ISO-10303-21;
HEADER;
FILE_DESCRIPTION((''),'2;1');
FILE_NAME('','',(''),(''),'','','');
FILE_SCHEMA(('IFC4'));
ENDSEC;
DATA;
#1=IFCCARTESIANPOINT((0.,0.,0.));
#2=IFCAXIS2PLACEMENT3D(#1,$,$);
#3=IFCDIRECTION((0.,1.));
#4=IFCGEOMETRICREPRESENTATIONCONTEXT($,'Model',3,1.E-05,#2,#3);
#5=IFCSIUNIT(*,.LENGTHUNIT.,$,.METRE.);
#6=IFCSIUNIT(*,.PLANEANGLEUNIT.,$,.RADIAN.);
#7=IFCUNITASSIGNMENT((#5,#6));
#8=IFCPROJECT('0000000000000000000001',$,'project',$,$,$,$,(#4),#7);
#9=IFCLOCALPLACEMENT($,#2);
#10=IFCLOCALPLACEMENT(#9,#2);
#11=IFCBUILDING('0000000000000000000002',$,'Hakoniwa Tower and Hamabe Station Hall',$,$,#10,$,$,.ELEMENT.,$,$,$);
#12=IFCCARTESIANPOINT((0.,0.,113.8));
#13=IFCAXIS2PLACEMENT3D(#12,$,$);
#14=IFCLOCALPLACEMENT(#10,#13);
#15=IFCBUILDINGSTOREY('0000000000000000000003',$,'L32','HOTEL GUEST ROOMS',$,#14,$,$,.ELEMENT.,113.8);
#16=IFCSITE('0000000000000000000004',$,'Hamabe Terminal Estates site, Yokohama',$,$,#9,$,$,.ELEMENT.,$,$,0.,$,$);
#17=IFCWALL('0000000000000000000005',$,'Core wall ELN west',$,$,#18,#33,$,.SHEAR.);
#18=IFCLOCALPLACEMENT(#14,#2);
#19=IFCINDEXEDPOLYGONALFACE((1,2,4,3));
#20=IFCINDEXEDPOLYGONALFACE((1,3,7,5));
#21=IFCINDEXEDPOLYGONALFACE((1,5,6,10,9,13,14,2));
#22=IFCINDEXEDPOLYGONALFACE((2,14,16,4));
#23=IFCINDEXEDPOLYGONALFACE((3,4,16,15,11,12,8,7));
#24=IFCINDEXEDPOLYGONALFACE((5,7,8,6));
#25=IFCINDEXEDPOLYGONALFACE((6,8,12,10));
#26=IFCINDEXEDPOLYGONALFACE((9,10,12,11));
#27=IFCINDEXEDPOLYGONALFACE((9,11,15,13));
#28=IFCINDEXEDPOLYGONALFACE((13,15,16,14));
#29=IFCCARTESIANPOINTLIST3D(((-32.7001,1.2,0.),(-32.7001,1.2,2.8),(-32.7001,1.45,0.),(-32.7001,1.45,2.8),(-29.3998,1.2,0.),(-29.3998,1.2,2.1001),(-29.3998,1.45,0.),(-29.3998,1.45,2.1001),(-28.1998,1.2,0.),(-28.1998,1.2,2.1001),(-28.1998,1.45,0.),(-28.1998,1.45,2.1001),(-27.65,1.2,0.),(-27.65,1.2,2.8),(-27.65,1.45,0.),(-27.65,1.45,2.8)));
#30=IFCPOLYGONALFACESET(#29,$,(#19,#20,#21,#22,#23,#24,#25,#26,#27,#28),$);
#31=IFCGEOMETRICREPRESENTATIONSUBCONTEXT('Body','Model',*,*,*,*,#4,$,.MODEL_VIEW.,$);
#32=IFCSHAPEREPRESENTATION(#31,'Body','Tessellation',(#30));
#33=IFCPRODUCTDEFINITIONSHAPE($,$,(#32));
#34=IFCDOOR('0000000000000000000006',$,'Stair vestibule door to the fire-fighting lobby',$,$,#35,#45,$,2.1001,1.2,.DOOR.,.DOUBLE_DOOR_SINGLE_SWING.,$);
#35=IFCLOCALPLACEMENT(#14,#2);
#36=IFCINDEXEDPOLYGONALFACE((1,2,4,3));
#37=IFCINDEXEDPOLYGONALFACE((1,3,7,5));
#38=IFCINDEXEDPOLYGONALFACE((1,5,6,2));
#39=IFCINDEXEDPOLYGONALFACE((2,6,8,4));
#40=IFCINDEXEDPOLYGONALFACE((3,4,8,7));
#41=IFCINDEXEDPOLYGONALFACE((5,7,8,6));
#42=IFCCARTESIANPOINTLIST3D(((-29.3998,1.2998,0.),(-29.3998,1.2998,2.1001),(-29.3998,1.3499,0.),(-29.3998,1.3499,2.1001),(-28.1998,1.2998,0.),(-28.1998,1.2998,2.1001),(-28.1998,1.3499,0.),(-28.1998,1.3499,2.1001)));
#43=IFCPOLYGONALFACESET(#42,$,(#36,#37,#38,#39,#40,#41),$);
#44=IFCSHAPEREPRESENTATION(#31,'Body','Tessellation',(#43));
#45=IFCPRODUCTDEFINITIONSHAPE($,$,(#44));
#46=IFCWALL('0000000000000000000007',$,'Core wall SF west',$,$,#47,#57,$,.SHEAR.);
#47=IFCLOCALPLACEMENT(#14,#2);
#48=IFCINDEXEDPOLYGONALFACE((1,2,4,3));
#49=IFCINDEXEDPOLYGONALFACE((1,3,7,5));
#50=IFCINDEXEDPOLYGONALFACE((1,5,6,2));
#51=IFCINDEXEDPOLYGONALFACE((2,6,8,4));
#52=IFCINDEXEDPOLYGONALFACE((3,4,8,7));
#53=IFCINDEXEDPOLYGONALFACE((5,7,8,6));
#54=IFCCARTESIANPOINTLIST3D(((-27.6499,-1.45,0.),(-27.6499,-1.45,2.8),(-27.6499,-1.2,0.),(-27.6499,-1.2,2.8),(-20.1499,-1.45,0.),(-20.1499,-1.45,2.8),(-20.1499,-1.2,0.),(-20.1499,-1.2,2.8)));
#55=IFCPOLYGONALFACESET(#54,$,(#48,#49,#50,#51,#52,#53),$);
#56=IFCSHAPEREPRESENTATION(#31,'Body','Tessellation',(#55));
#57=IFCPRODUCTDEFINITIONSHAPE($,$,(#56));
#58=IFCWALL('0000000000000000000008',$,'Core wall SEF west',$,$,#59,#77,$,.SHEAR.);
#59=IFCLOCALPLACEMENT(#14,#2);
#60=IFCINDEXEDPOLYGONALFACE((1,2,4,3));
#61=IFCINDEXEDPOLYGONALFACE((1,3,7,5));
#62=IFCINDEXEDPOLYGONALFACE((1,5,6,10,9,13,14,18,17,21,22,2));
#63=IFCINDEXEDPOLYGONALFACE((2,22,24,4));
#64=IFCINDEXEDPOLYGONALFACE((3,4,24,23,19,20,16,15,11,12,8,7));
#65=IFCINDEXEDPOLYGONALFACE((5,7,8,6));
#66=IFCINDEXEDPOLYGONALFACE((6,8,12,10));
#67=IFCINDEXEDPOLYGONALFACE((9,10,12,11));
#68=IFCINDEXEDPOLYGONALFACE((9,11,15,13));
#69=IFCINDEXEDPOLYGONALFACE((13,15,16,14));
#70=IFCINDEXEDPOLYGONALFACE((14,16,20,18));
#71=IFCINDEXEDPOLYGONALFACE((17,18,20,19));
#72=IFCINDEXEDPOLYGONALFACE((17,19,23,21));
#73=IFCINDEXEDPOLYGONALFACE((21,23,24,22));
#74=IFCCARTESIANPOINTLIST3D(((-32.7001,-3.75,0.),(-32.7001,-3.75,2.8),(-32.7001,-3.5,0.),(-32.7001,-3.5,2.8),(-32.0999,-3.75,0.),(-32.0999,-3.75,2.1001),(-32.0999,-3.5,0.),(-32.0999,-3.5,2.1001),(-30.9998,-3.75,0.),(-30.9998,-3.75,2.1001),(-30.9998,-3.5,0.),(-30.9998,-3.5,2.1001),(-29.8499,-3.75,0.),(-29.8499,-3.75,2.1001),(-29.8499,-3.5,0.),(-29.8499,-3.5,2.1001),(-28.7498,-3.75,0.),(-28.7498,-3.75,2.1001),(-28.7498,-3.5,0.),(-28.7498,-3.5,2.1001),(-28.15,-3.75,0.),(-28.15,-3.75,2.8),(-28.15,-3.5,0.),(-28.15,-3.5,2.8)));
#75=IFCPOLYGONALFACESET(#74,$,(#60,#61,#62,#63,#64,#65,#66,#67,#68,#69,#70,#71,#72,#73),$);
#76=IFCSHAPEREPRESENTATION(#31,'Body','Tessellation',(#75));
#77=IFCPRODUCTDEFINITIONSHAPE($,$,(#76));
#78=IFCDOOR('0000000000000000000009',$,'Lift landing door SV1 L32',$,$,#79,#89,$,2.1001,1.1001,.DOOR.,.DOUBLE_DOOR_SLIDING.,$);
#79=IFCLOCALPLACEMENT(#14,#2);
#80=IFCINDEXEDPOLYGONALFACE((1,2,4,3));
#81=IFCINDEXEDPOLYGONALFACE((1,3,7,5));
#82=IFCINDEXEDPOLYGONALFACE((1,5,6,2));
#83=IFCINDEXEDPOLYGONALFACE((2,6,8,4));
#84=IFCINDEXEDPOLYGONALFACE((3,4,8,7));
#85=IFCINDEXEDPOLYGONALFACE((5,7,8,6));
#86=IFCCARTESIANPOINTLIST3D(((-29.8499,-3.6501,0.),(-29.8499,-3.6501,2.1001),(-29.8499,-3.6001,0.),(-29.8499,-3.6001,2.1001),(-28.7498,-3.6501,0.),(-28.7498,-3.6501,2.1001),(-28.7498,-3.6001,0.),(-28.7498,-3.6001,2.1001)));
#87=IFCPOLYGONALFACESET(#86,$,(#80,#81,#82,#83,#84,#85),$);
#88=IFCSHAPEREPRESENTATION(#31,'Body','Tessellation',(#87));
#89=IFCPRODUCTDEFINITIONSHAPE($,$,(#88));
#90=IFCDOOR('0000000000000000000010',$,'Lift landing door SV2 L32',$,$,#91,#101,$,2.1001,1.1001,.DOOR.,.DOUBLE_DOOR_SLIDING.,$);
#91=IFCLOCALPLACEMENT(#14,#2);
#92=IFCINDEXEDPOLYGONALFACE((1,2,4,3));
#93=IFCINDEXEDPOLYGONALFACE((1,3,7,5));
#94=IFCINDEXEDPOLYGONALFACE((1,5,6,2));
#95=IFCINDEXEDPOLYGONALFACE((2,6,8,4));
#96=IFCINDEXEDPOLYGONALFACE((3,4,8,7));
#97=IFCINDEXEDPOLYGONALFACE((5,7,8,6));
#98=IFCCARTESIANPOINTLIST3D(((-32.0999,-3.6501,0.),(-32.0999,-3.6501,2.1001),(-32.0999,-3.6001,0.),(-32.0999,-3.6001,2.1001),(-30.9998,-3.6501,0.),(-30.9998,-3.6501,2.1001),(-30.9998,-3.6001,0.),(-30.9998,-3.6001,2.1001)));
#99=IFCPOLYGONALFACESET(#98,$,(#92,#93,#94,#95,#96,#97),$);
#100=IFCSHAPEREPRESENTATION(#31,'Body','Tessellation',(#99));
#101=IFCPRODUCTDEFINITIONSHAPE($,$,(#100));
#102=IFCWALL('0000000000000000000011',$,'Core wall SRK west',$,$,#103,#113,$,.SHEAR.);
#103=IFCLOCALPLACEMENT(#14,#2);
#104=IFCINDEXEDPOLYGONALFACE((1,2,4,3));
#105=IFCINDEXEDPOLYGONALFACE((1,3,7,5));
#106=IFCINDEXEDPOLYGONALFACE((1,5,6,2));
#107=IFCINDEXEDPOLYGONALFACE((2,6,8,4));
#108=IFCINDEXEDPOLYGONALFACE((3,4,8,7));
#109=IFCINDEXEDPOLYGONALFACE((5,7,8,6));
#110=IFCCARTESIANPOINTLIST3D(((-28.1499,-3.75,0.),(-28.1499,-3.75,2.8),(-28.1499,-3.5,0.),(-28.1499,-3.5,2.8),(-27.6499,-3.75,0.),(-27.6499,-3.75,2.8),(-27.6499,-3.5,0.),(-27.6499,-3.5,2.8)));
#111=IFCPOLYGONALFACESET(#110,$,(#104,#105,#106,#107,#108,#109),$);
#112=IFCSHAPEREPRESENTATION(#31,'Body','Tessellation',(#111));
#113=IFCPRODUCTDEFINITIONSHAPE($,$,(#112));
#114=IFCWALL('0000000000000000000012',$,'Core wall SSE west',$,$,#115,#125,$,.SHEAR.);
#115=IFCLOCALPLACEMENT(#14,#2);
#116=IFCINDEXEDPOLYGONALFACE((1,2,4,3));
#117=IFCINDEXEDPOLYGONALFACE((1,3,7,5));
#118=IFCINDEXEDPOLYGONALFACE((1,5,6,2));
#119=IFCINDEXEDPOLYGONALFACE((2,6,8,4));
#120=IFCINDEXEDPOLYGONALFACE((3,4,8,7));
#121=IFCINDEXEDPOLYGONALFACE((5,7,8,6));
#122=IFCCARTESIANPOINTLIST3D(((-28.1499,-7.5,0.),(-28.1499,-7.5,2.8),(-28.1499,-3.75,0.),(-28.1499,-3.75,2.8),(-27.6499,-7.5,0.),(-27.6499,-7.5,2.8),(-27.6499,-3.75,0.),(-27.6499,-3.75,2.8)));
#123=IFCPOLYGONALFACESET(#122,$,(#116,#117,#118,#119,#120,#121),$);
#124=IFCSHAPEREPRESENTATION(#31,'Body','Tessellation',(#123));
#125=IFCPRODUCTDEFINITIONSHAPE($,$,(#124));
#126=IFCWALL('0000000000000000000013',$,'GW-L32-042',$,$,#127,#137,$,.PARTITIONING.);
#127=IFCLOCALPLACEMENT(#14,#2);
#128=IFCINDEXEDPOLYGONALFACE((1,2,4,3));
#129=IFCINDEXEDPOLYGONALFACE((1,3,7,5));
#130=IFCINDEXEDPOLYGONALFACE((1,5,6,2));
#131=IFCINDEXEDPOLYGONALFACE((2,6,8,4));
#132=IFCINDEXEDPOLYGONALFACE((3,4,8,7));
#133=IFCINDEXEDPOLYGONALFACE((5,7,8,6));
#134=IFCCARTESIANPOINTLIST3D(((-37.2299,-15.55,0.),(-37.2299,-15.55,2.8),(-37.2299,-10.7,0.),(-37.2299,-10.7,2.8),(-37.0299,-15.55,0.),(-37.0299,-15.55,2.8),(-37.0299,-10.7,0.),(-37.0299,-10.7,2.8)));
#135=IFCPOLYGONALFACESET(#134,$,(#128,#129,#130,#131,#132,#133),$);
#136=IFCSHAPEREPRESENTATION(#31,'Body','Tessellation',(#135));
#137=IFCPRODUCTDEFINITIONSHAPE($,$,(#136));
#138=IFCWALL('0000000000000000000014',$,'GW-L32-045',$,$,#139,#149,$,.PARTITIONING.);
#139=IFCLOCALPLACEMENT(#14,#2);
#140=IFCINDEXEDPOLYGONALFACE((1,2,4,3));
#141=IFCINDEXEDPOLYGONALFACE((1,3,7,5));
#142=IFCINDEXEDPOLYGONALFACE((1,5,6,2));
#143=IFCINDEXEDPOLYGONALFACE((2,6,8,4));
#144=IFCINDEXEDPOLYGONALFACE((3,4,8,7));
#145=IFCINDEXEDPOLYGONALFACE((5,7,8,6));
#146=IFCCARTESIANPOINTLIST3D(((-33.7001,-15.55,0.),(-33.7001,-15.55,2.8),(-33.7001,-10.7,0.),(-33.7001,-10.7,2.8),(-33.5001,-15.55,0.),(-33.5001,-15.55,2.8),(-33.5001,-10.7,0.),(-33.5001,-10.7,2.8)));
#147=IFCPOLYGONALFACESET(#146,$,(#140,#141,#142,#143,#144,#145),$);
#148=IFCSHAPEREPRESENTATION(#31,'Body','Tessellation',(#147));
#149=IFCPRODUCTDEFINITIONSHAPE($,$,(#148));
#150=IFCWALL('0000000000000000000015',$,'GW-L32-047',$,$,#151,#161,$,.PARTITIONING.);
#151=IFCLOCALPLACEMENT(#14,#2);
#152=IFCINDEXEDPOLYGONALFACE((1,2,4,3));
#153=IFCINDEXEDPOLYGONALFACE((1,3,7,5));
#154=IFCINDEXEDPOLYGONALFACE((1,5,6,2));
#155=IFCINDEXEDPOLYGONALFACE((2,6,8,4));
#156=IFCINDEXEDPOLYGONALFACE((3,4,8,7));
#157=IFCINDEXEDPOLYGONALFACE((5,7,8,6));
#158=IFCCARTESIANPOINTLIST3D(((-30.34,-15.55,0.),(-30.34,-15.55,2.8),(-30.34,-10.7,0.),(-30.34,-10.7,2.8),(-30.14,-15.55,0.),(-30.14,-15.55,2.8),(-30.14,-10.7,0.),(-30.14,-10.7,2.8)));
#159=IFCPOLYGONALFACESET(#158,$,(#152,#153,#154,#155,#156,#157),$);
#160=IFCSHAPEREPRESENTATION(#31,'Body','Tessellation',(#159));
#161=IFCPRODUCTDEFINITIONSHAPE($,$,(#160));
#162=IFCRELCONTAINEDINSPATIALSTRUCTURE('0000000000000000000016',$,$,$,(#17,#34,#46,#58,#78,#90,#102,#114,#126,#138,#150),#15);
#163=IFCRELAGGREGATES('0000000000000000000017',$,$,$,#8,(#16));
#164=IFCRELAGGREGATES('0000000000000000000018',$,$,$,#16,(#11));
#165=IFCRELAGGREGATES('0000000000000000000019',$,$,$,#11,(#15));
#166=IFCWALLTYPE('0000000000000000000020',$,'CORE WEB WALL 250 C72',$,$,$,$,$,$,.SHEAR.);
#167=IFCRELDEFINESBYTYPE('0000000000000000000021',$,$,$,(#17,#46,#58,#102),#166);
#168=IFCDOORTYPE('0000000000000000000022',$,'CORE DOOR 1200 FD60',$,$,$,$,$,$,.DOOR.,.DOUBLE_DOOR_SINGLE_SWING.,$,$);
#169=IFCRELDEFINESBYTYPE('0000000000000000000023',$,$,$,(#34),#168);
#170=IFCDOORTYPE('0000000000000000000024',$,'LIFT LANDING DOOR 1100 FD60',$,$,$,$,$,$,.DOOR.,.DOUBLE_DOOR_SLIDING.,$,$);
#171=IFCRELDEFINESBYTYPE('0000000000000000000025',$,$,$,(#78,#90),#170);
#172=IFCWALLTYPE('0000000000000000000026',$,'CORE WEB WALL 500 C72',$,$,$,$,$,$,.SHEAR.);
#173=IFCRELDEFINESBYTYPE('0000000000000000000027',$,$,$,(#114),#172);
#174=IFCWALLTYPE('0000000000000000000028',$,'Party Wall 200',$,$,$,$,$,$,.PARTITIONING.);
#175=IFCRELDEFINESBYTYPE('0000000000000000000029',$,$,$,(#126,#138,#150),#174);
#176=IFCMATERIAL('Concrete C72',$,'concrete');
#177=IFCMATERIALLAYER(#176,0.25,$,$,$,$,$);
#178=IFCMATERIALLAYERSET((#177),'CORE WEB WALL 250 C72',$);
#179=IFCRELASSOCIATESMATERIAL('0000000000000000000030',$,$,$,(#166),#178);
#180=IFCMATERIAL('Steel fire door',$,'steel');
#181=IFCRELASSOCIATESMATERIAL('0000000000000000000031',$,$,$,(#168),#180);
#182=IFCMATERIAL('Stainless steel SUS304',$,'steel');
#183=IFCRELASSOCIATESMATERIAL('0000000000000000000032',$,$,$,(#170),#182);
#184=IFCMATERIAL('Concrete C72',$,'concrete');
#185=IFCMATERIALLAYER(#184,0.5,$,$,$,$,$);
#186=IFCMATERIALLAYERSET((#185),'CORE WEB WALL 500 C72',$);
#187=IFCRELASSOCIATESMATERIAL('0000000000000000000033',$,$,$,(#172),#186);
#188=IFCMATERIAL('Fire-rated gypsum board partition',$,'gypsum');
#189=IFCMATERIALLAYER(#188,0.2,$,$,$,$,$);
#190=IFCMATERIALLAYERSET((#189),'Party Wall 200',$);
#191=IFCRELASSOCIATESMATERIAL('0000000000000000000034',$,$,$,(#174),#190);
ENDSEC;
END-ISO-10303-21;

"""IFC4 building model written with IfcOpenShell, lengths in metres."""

from ifc_helpers import new_model, si_unit, direction, frame, frame_2d, origin, place, context, subcontext, project, spatial, rectangle, extrude, material, layer, layer_set, type_object, element, fill, save


model = new_model("IFC4")

# Units and contexts
model_context = context("Model", 3, precision=1e-05, world=origin(), true_north=direction((0.0, 1.0)))
body_context = subcontext(model_context, "Body", "Model", "MODEL_VIEW")
ifc_project = project(units=[si_unit("LENGTHUNIT", "METRE"), si_unit("PLANEANGLEUNIT", "RADIAN")], contexts=[model_context])

# Site, building, storey
site_placement = place(None, origin())
site = spatial("IfcSite", under=ifc_project, at=site_placement, Name="Hamabe Terminal Estates site, Yokohama", CompositionType="ELEMENT", RefElevation=0.0)
building_placement = place(site_placement, origin())
building = spatial("IfcBuilding", under=site, at=building_placement, Name="Hakoniwa Tower and Hamabe Station Hall", CompositionType="ELEMENT")
storey_placement = place(building_placement, frame((0.0, 0.0, 113.8)))
storey = spatial("IfcBuildingStorey", under=building, at=storey_placement, Name="L32", Description="HOTEL GUEST ROOMS", CompositionType="ELEMENT", Elevation=113.8)

# Wall, opening, door
ifc_material_1 = material(Name="Concrete C72", Category="concrete")
ifc_layer_1 = layer(ifc_material_1, 0.25)
ifc_layer_set_1 = layer_set([ifc_layer_1], Name="CORE WEB WALL 250 C72")
wall_type_1 = type_object("IfcWallType", Name="CORE WEB WALL 250 C72", PredefinedType="SHEAR", material=ifc_layer_set_1)
wall_1_placement = place(storey_placement, frame((-32.7, 1.325, 0.0), z_axis=(0.0, 0.0, 1.0), x_axis=(1.0, 0.0, 0.0)))
wall_1 = element("IfcWall", 1, at=wall_1_placement, inside=storey, type_object=wall_type_1, Name="Core wall ELN west", PredefinedType="SHEAR", context=body_context, shape_type="SweptSolid", body=[
    extrude(rectangle(XDim=5.05, YDim=0.25, at=frame_2d((2.5249, 0.0))), origin(), (0.0, 0.0, 1.0), 2.8),
])
opening_1_placement = place(wall_1_placement, frame((3.3, 0.0, 0.0)))
opening_1 = element("IfcOpeningElement", 2, at=opening_1_placement, cuts=wall_1, PredefinedType="OPENING", context=body_context, shape_type="SweptSolid", body=[
    extrude(rectangle(XDim=1.2, YDim=2.1001, at=frame_2d((0.6001, 1.05))), frame((0.0, 0.135, 0.0), z_axis=(0.0, -1.0, 0.0), x_axis=(1.0, 0.0, 0.0)), (0.0, 0.0, 1.0), 0.27),
])
ifc_material_2 = material(Name="Steel fire door", Category="steel")
door_type_1 = type_object("IfcDoorType", Name="CORE DOOR 1200 FD60", OperationType="DOUBLE_DOOR_SINGLE_SWING", PredefinedType="DOOR", material=ifc_material_2)
door_1_placement = place(opening_1_placement, origin())
door_1 = element("IfcDoor", 3, at=door_1_placement, inside=storey, type_object=door_type_1, Name="Stair vestibule door to the fire-fighting lobby", OperationType="DOUBLE_DOOR_SINGLE_SWING", OverallHeight=2.1001, OverallWidth=1.2, PredefinedType="DOOR", context=body_context, shape_type="SweptSolid", body=[
    extrude(rectangle(XDim=1.2, YDim=2.1001, at=frame_2d((0.6001, 1.05))), frame((0.0, 0.0249, 0.0), z_axis=(0.0, -1.0, 0.0), x_axis=(1.0, 0.0, 0.0)), (0.0, 0.0, 1.0), 0.05),
])
fill(opening_1, door_1)

# Wall
wall_2_placement = place(storey_placement, frame((-27.6499, -1.325, 0.0), z_axis=(0.0, 0.0, 1.0), x_axis=(1.0, 0.0, 0.0)))
element("IfcWall", 4, at=wall_2_placement, inside=storey, type_object=wall_type_1, Name="Core wall SF west", PredefinedType="SHEAR", context=body_context, shape_type="SweptSolid", body=[
    extrude(rectangle(XDim=7.5, YDim=0.25, at=frame_2d((3.75, 0.0))), origin(), (0.0, 0.0, 1.0), 2.8),
])

# Wall, openings, doors
wall_3_placement = place(storey_placement, frame((-32.7, -3.625, 0.0), z_axis=(0.0, 0.0, 1.0), x_axis=(1.0, 0.0, 0.0)))
wall_3 = element("IfcWall", 5, at=wall_3_placement, inside=storey, type_object=wall_type_1, Name="Core wall SEF west", PredefinedType="SHEAR", context=body_context, shape_type="SweptSolid", body=[
    extrude(rectangle(XDim=4.55, YDim=0.25, at=frame_2d((2.2749, 0.0))), origin(), (0.0, 0.0, 1.0), 2.8),
])
opening_2_placement = place(wall_3_placement, frame((2.8501, 0.0, 0.0)))
opening_2 = element("IfcOpeningElement", 6, at=opening_2_placement, cuts=wall_3, PredefinedType="OPENING", context=body_context, shape_type="SweptSolid", body=[
    extrude(rectangle(XDim=1.1001, YDim=2.1001, at=frame_2d((0.55, 1.05))), frame((0.0, 0.135, 0.0), z_axis=(0.0, -1.0, 0.0), x_axis=(1.0, 0.0, 0.0)), (0.0, 0.0, 1.0), 0.27),
])
opening_3_placement = place(wall_3_placement, frame((0.6001, 0.0, 0.0)))
opening_3 = element("IfcOpeningElement", 7, at=opening_3_placement, cuts=wall_3, PredefinedType="OPENING", context=body_context, shape_type="SweptSolid", body=[
    extrude(rectangle(XDim=1.1001, YDim=2.1001, at=frame_2d((0.55, 1.05))), frame((0.0, 0.135, 0.0), z_axis=(0.0, -1.0, 0.0), x_axis=(1.0, 0.0, 0.0)), (0.0, 0.0, 1.0), 0.27),
])
ifc_material_3 = material(Name="Stainless steel SUS304", Category="steel")
door_type_2 = type_object("IfcDoorType", Name="LIFT LANDING DOOR 1100 FD60", OperationType="DOUBLE_DOOR_SLIDING", PredefinedType="DOOR", material=ifc_material_3)
door_2_placement = place(opening_2_placement, origin())
door_2 = element("IfcDoor", 8, at=door_2_placement, inside=storey, type_object=door_type_2, Name="Lift landing door SV1 L32", OperationType="DOUBLE_DOOR_SLIDING", OverallHeight=2.1001, OverallWidth=1.1001, PredefinedType="DOOR", context=body_context, shape_type="SweptSolid", body=[
    extrude(rectangle(XDim=1.1001, YDim=2.1001, at=frame_2d((0.55, 1.05))), frame((0.0, 0.0249, 0.0), z_axis=(0.0, -1.0, 0.0), x_axis=(1.0, 0.0, 0.0)), (0.0, 0.0, 1.0), 0.05),
])
fill(opening_2, door_2)
door_3_placement = place(opening_3_placement, origin())
door_3 = element("IfcDoor", 9, at=door_3_placement, inside=storey, type_object=door_type_2, Name="Lift landing door SV2 L32", OperationType="DOUBLE_DOOR_SLIDING", OverallHeight=2.1001, OverallWidth=1.1001, PredefinedType="DOOR", context=body_context, shape_type="SweptSolid", body=[
    extrude(rectangle(XDim=1.1001, YDim=2.1001, at=frame_2d((0.55, 1.05))), frame((0.0, 0.0249, 0.0), z_axis=(0.0, -1.0, 0.0), x_axis=(1.0, 0.0, 0.0)), (0.0, 0.0, 1.0), 0.05),
])
fill(opening_3, door_3)

# Walls
wall_4_placement = place(storey_placement, frame((-28.1499, -3.625, 0.0), z_axis=(0.0, 0.0, 1.0), x_axis=(1.0, 0.0, 0.0)))
element("IfcWall", 10, at=wall_4_placement, inside=storey, type_object=wall_type_1, Name="Core wall SRK west", PredefinedType="SHEAR", context=body_context, shape_type="SweptSolid", body=[
    extrude(rectangle(XDim=0.5, YDim=0.25, at=frame_2d((0.25, 0.0))), origin(), (0.0, 0.0, 1.0), 2.8),
])
ifc_material_4 = material(Name="Concrete C72", Category="concrete")
ifc_layer_2 = layer(ifc_material_4, 0.5)
ifc_layer_set_2 = layer_set([ifc_layer_2], Name="CORE WEB WALL 500 C72")
wall_type_2 = type_object("IfcWallType", Name="CORE WEB WALL 500 C72", PredefinedType="SHEAR", material=ifc_layer_set_2)
wall_5_placement = place(storey_placement, frame((-27.8999, -7.5, 0.0), z_axis=(0.0, 0.0, 1.0), x_axis=(0.0, 1.0, 0.0)))
element("IfcWall", 11, at=wall_5_placement, inside=storey, type_object=wall_type_2, Name="Core wall SSE west", PredefinedType="SHEAR", context=body_context, shape_type="SweptSolid", body=[
    extrude(rectangle(XDim=3.75, YDim=0.5, at=frame_2d((1.875, 0.0))), origin(), (0.0, 0.0, 1.0), 2.8),
])
ifc_material_5 = material(Name="Fire-rated gypsum board partition", Category="gypsum")
ifc_layer_3 = layer(ifc_material_5, 0.2)
ifc_layer_set_3 = layer_set([ifc_layer_3], Name="Party Wall 200")
wall_type_3 = type_object("IfcWallType", Name="Party Wall 200", PredefinedType="PARTITIONING", material=ifc_layer_set_3)
for number, where, z_axis, x_axis, name in (
    (12, (-37.1299, -15.55, 0.0), (0.0, 0.0, 1.0), (0.0, 1.0, 0.0), "GW-L32-042"),
    (13, (-33.6001, -15.55, 0.0), (0.0, 0.0, 1.0), (0.0, 1.0, 0.0), "GW-L32-045"),
    (14, (-30.24, -15.55, 0.0), (0.0, 0.0, 1.0), (0.0, 1.0, 0.0), "GW-L32-047"),
):
    element("IfcWall", number, at=place(storey_placement, frame(where, z_axis=z_axis, x_axis=x_axis)), inside=storey, type_object=wall_type_3, Name=name, PredefinedType="PARTITIONING", context=body_context, shape_type="SweptSolid", body=[
        extrude(rectangle(XDim=4.8501, YDim=0.2, at=frame_2d((2.425, 0.0))), origin(), (0.0, 0.0, 1.0), 2.8),
    ])

save(model, "model.ifc")
